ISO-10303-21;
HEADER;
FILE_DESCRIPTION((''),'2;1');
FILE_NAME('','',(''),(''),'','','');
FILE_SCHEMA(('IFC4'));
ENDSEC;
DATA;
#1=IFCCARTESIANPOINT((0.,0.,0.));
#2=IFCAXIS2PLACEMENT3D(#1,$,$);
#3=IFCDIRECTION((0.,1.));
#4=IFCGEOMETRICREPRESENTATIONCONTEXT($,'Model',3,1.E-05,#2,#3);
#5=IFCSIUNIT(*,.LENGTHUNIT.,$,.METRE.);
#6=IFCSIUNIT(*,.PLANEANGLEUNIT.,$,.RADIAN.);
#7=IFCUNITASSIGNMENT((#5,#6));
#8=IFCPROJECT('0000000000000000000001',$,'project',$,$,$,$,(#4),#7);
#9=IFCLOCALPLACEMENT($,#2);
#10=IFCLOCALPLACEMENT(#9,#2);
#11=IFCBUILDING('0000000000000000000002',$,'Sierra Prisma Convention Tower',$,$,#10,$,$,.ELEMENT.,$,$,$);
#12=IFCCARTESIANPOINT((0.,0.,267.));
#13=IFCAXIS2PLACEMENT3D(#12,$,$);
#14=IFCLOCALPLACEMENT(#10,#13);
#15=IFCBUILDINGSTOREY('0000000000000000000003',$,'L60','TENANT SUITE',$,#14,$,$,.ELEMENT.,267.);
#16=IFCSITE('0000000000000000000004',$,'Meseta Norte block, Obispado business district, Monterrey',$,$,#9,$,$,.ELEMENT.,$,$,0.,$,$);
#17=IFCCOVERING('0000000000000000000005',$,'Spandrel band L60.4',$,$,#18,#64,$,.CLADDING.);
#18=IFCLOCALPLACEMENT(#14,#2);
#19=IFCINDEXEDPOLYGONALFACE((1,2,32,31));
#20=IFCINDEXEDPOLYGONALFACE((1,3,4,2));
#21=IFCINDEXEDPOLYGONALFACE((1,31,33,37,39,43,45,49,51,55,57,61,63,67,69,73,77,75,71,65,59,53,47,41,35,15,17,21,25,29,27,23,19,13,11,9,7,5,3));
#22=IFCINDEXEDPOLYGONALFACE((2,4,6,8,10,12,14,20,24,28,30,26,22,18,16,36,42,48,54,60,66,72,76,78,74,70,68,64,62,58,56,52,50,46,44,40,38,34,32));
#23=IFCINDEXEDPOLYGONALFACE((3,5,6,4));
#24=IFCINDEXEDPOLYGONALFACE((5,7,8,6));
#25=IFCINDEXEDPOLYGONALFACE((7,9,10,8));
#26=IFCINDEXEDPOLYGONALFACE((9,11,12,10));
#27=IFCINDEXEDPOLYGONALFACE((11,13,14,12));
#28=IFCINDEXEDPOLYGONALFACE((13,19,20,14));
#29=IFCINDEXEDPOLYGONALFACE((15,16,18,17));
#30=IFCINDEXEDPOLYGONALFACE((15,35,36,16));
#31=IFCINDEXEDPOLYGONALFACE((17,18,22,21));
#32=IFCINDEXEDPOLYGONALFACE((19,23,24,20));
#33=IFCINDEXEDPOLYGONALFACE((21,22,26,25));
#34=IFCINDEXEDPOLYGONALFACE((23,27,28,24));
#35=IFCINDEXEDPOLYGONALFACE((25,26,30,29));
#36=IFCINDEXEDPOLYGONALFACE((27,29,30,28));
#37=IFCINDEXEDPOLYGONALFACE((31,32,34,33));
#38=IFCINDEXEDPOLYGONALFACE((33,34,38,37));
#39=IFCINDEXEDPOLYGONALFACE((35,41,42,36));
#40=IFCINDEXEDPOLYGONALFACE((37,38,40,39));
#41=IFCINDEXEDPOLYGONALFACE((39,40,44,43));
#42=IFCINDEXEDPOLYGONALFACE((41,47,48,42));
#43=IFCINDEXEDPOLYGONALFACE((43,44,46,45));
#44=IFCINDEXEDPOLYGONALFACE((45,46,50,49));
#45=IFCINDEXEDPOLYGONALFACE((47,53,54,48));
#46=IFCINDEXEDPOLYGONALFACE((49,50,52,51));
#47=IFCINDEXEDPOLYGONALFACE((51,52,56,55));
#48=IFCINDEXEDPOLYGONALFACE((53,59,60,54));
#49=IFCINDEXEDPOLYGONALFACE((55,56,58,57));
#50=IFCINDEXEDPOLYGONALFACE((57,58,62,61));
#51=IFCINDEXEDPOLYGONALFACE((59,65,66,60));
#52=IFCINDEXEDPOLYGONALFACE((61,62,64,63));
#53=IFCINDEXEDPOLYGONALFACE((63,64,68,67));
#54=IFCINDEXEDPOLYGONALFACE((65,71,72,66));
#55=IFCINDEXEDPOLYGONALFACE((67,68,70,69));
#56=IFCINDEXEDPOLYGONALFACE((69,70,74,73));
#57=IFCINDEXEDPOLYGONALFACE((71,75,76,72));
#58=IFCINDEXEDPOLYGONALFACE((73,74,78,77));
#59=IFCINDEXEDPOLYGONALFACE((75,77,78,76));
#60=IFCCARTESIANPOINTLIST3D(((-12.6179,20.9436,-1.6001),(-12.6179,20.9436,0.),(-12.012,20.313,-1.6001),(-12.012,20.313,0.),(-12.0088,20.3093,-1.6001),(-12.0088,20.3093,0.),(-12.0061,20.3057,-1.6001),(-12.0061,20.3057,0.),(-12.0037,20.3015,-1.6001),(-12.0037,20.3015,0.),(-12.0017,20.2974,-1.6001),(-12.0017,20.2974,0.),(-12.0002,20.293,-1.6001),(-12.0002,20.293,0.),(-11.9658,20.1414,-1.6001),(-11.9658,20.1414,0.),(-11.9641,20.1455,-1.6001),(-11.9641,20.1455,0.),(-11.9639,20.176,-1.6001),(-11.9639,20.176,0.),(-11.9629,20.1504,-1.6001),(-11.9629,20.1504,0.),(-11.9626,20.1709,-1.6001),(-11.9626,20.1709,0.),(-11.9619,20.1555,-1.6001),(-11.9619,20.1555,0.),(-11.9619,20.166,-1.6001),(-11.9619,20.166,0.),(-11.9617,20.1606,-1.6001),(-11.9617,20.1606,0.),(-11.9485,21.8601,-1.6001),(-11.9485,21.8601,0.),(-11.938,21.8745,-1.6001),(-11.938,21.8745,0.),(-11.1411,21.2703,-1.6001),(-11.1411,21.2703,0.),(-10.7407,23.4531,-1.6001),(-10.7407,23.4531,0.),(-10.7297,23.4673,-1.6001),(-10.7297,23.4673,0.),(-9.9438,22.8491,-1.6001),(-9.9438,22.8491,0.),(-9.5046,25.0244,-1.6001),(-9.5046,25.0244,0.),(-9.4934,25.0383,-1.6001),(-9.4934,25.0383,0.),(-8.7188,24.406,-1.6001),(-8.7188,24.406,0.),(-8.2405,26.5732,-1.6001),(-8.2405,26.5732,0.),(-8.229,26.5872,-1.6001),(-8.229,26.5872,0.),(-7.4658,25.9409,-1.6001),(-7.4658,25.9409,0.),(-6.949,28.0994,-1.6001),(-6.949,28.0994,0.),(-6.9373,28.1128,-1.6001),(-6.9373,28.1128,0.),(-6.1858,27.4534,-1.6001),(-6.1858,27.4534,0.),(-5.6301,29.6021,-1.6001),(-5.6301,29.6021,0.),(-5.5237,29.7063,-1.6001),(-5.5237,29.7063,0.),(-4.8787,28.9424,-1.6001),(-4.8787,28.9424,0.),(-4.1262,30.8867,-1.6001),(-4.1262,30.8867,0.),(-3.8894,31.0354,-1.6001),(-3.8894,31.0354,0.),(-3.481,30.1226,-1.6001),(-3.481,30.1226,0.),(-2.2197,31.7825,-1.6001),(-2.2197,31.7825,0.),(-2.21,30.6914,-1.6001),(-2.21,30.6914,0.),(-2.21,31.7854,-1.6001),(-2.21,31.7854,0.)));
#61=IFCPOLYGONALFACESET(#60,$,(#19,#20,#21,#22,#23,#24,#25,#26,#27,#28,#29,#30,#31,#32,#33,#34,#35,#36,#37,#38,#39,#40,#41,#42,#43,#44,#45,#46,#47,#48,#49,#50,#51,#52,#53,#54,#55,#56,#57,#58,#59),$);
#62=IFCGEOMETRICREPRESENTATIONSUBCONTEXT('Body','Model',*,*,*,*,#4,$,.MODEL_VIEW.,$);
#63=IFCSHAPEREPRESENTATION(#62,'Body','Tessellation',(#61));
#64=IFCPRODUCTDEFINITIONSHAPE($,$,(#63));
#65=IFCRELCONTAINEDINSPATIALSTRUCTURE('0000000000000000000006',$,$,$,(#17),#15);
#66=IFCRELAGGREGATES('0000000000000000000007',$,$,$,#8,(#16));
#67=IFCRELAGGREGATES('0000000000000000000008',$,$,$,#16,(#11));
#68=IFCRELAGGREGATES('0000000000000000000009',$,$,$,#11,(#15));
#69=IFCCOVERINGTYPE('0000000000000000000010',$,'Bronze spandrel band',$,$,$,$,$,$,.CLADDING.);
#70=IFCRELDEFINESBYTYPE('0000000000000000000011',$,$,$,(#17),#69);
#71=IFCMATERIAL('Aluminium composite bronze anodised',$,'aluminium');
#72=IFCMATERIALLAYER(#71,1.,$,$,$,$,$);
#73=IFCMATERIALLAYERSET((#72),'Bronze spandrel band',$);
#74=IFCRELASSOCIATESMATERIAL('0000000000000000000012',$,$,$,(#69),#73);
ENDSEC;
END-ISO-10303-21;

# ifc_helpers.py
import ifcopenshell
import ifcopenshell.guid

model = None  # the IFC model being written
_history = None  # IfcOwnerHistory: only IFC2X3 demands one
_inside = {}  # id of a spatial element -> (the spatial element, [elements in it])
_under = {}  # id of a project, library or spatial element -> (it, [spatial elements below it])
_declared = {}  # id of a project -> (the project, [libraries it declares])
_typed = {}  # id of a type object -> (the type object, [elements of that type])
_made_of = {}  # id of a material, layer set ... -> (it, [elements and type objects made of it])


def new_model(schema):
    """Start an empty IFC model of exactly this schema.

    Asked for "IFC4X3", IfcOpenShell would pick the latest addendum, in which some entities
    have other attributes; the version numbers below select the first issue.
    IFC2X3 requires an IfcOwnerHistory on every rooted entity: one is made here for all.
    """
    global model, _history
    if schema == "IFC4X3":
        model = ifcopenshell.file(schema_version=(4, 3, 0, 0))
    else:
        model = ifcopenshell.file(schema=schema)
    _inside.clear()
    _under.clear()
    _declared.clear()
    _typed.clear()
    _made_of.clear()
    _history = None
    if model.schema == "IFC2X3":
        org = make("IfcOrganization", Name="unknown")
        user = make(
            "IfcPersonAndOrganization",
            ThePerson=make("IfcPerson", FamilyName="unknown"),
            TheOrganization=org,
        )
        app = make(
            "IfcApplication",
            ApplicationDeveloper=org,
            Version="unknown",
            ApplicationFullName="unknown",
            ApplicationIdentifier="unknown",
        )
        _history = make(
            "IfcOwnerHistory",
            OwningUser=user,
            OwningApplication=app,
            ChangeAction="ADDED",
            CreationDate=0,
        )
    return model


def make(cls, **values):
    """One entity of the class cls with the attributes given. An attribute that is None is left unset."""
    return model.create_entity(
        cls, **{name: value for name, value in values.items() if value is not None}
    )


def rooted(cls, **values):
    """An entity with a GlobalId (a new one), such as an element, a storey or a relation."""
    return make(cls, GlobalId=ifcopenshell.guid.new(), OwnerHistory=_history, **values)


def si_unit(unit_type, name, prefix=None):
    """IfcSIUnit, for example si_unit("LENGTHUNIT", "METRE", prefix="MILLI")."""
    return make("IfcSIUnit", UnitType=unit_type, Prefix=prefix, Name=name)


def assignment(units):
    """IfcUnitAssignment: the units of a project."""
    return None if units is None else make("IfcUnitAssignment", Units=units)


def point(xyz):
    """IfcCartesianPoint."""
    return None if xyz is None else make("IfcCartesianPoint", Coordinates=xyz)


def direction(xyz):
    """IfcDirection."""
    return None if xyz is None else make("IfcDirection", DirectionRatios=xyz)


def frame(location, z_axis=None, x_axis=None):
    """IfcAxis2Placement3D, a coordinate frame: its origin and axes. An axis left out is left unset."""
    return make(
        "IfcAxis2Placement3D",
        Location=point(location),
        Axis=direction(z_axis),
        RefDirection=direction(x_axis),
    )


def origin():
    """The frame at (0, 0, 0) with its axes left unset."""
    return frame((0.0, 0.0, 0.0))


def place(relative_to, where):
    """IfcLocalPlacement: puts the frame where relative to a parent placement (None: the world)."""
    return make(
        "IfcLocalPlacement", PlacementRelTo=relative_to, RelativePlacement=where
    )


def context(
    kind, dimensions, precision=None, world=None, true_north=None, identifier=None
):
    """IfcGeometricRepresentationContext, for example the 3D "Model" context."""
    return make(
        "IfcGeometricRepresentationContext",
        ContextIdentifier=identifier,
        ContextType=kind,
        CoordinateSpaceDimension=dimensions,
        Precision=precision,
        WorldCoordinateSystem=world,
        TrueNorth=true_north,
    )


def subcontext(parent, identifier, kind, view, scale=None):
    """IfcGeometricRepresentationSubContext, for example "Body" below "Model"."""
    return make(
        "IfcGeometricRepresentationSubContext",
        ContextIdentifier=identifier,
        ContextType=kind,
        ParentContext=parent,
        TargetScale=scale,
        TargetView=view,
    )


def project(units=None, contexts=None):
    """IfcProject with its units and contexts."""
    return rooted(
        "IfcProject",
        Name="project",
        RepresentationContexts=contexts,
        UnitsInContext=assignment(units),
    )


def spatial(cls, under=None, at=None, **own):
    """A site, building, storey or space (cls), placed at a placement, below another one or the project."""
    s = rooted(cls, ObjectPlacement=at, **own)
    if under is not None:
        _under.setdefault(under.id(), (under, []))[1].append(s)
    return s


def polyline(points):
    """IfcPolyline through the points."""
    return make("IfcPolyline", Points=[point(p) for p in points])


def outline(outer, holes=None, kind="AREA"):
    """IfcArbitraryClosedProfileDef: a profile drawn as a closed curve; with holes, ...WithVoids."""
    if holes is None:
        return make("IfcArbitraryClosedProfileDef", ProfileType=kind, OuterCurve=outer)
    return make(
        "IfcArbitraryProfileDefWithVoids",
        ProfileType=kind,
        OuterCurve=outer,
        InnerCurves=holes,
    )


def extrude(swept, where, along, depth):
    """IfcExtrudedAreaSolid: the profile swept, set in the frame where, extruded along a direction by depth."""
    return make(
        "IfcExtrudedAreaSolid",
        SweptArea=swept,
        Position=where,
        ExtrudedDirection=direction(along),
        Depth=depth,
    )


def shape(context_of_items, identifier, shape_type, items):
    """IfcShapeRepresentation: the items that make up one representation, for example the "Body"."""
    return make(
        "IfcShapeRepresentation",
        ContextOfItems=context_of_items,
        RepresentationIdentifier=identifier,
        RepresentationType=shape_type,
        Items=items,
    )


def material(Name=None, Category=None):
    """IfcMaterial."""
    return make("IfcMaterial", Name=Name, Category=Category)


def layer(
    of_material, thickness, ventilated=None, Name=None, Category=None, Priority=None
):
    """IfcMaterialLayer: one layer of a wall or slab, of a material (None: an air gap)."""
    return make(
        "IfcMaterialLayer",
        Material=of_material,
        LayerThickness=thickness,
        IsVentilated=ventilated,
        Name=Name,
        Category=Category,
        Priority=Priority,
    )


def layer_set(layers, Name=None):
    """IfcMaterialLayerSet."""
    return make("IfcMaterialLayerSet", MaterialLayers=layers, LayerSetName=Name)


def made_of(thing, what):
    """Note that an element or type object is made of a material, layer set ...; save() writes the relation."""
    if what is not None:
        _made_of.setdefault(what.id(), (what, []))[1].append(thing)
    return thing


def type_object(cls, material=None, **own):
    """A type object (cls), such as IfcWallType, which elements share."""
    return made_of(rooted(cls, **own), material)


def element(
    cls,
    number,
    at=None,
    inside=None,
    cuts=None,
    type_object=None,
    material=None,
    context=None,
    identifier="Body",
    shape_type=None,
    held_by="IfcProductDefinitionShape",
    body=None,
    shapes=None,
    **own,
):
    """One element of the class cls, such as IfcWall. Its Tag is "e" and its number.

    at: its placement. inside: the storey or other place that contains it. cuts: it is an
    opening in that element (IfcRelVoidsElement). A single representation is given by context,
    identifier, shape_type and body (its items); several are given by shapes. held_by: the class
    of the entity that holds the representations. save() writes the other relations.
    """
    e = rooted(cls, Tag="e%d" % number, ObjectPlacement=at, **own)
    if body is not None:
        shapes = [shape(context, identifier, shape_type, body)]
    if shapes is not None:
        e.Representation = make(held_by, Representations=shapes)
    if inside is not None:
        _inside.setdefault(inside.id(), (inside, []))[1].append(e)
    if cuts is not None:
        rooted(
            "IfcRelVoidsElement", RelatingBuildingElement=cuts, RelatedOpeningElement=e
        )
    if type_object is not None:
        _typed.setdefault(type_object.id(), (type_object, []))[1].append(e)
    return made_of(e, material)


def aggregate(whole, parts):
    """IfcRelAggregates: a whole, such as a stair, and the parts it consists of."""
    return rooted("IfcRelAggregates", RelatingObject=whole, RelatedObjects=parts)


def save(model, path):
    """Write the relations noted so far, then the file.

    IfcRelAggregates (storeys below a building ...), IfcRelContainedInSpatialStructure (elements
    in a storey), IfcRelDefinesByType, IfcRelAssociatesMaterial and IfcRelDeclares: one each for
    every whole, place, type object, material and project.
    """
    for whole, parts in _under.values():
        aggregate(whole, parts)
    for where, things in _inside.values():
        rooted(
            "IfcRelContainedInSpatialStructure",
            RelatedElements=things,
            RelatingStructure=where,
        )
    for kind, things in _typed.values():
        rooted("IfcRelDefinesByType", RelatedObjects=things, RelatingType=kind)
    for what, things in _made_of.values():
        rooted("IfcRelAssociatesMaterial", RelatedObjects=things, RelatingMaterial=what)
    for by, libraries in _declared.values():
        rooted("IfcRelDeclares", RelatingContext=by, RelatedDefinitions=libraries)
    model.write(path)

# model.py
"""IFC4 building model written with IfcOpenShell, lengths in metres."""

from ifc_helpers import new_model, si_unit, direction, frame, origin, place, context, subcontext, project, spatial, polyline, outline, extrude, material, layer, layer_set, type_object, element, save


model = new_model("IFC4")

# Units and contexts
model_context = context("Model", 3, precision=1e-05, world=origin(), true_north=direction((0.0, 1.0)))
body_context = subcontext(model_context, "Body", "Model", "MODEL_VIEW")
ifc_project = project(units=[si_unit("LENGTHUNIT", "METRE"), si_unit("PLANEANGLEUNIT", "RADIAN")], contexts=[model_context])

# Site, building, storey
site_placement = place(None, origin())
site = spatial("IfcSite", under=ifc_project, at=site_placement, Name="Meseta Norte block, Obispado business district, Monterrey", CompositionType="ELEMENT", RefElevation=0.0)
building_placement = place(site_placement, origin())
building = spatial("IfcBuilding", under=site, at=building_placement, Name="Sierra Prisma Convention Tower", CompositionType="ELEMENT")
storey_placement = place(building_placement, frame((0.0, 0.0, 267.0)))
storey = spatial("IfcBuildingStorey", under=building, at=storey_placement, Name="L60", Description="TENANT SUITE", CompositionType="ELEMENT", Elevation=267.0)

# Covering
ifc_material_1 = material(Name="Aluminium composite bronze anodised", Category="aluminium")
ifc_layer_1 = layer(ifc_material_1, 1.0)
ifc_layer_set_1 = layer_set([ifc_layer_1], Name="Bronze spandrel band")
covering_type_1 = type_object("IfcCoveringType", Name="Bronze spandrel band", PredefinedType="CLADDING", material=ifc_layer_set_1)
covering_1_placement = place(storey_placement, frame((0.0, 0.0, -1.6001)))
element("IfcCovering", 1, at=covering_1_placement, inside=storey, type_object=covering_type_1, Name="Spandrel band L60.4", PredefinedType="CLADDING", context=body_context, shape_type="SweptSolid", body=[
    extrude(outline(polyline([(-8.229, 26.5872), (-6.949, 28.0994), (-6.9373, 28.1128), (-5.6301, 29.6021), (-5.5237, 29.7063), (-4.1262, 30.8867), (-3.8894, 31.0354), (-2.2197, 31.7825), (-2.21, 31.7854), (-2.21, 30.6914), (-3.481, 30.1226), (-4.8787, 28.9424), (-6.1858, 27.4534), (-7.4658, 25.9409), (-8.7188, 24.406), (-9.9438, 22.8491), (-11.1411, 21.2703), (-11.9658, 20.1414), (-11.9641, 20.1455), (-11.9629, 20.1504), (-11.9619, 20.1555), (-11.9617, 20.1606), (-11.9619, 20.166), (-11.9626, 20.1709), (-11.9639, 20.176), (-12.0002, 20.293), (-12.0017, 20.2974), (-12.0037, 20.3015), (-12.0061, 20.3057), (-12.0088, 20.3093), (-12.012, 20.313), (-12.6179, 20.9436), (-11.9485, 21.8601), (-11.938, 21.8745), (-10.7407, 23.4531), (-10.7297, 23.4673), (-9.5046, 25.0244), (-9.4934, 25.0383), (-8.2405, 26.5732), (-8.229, 26.5872)])), origin(), (0.0, 0.0, 1.0), 1.6001),
])

save(model, "model.ifc")
